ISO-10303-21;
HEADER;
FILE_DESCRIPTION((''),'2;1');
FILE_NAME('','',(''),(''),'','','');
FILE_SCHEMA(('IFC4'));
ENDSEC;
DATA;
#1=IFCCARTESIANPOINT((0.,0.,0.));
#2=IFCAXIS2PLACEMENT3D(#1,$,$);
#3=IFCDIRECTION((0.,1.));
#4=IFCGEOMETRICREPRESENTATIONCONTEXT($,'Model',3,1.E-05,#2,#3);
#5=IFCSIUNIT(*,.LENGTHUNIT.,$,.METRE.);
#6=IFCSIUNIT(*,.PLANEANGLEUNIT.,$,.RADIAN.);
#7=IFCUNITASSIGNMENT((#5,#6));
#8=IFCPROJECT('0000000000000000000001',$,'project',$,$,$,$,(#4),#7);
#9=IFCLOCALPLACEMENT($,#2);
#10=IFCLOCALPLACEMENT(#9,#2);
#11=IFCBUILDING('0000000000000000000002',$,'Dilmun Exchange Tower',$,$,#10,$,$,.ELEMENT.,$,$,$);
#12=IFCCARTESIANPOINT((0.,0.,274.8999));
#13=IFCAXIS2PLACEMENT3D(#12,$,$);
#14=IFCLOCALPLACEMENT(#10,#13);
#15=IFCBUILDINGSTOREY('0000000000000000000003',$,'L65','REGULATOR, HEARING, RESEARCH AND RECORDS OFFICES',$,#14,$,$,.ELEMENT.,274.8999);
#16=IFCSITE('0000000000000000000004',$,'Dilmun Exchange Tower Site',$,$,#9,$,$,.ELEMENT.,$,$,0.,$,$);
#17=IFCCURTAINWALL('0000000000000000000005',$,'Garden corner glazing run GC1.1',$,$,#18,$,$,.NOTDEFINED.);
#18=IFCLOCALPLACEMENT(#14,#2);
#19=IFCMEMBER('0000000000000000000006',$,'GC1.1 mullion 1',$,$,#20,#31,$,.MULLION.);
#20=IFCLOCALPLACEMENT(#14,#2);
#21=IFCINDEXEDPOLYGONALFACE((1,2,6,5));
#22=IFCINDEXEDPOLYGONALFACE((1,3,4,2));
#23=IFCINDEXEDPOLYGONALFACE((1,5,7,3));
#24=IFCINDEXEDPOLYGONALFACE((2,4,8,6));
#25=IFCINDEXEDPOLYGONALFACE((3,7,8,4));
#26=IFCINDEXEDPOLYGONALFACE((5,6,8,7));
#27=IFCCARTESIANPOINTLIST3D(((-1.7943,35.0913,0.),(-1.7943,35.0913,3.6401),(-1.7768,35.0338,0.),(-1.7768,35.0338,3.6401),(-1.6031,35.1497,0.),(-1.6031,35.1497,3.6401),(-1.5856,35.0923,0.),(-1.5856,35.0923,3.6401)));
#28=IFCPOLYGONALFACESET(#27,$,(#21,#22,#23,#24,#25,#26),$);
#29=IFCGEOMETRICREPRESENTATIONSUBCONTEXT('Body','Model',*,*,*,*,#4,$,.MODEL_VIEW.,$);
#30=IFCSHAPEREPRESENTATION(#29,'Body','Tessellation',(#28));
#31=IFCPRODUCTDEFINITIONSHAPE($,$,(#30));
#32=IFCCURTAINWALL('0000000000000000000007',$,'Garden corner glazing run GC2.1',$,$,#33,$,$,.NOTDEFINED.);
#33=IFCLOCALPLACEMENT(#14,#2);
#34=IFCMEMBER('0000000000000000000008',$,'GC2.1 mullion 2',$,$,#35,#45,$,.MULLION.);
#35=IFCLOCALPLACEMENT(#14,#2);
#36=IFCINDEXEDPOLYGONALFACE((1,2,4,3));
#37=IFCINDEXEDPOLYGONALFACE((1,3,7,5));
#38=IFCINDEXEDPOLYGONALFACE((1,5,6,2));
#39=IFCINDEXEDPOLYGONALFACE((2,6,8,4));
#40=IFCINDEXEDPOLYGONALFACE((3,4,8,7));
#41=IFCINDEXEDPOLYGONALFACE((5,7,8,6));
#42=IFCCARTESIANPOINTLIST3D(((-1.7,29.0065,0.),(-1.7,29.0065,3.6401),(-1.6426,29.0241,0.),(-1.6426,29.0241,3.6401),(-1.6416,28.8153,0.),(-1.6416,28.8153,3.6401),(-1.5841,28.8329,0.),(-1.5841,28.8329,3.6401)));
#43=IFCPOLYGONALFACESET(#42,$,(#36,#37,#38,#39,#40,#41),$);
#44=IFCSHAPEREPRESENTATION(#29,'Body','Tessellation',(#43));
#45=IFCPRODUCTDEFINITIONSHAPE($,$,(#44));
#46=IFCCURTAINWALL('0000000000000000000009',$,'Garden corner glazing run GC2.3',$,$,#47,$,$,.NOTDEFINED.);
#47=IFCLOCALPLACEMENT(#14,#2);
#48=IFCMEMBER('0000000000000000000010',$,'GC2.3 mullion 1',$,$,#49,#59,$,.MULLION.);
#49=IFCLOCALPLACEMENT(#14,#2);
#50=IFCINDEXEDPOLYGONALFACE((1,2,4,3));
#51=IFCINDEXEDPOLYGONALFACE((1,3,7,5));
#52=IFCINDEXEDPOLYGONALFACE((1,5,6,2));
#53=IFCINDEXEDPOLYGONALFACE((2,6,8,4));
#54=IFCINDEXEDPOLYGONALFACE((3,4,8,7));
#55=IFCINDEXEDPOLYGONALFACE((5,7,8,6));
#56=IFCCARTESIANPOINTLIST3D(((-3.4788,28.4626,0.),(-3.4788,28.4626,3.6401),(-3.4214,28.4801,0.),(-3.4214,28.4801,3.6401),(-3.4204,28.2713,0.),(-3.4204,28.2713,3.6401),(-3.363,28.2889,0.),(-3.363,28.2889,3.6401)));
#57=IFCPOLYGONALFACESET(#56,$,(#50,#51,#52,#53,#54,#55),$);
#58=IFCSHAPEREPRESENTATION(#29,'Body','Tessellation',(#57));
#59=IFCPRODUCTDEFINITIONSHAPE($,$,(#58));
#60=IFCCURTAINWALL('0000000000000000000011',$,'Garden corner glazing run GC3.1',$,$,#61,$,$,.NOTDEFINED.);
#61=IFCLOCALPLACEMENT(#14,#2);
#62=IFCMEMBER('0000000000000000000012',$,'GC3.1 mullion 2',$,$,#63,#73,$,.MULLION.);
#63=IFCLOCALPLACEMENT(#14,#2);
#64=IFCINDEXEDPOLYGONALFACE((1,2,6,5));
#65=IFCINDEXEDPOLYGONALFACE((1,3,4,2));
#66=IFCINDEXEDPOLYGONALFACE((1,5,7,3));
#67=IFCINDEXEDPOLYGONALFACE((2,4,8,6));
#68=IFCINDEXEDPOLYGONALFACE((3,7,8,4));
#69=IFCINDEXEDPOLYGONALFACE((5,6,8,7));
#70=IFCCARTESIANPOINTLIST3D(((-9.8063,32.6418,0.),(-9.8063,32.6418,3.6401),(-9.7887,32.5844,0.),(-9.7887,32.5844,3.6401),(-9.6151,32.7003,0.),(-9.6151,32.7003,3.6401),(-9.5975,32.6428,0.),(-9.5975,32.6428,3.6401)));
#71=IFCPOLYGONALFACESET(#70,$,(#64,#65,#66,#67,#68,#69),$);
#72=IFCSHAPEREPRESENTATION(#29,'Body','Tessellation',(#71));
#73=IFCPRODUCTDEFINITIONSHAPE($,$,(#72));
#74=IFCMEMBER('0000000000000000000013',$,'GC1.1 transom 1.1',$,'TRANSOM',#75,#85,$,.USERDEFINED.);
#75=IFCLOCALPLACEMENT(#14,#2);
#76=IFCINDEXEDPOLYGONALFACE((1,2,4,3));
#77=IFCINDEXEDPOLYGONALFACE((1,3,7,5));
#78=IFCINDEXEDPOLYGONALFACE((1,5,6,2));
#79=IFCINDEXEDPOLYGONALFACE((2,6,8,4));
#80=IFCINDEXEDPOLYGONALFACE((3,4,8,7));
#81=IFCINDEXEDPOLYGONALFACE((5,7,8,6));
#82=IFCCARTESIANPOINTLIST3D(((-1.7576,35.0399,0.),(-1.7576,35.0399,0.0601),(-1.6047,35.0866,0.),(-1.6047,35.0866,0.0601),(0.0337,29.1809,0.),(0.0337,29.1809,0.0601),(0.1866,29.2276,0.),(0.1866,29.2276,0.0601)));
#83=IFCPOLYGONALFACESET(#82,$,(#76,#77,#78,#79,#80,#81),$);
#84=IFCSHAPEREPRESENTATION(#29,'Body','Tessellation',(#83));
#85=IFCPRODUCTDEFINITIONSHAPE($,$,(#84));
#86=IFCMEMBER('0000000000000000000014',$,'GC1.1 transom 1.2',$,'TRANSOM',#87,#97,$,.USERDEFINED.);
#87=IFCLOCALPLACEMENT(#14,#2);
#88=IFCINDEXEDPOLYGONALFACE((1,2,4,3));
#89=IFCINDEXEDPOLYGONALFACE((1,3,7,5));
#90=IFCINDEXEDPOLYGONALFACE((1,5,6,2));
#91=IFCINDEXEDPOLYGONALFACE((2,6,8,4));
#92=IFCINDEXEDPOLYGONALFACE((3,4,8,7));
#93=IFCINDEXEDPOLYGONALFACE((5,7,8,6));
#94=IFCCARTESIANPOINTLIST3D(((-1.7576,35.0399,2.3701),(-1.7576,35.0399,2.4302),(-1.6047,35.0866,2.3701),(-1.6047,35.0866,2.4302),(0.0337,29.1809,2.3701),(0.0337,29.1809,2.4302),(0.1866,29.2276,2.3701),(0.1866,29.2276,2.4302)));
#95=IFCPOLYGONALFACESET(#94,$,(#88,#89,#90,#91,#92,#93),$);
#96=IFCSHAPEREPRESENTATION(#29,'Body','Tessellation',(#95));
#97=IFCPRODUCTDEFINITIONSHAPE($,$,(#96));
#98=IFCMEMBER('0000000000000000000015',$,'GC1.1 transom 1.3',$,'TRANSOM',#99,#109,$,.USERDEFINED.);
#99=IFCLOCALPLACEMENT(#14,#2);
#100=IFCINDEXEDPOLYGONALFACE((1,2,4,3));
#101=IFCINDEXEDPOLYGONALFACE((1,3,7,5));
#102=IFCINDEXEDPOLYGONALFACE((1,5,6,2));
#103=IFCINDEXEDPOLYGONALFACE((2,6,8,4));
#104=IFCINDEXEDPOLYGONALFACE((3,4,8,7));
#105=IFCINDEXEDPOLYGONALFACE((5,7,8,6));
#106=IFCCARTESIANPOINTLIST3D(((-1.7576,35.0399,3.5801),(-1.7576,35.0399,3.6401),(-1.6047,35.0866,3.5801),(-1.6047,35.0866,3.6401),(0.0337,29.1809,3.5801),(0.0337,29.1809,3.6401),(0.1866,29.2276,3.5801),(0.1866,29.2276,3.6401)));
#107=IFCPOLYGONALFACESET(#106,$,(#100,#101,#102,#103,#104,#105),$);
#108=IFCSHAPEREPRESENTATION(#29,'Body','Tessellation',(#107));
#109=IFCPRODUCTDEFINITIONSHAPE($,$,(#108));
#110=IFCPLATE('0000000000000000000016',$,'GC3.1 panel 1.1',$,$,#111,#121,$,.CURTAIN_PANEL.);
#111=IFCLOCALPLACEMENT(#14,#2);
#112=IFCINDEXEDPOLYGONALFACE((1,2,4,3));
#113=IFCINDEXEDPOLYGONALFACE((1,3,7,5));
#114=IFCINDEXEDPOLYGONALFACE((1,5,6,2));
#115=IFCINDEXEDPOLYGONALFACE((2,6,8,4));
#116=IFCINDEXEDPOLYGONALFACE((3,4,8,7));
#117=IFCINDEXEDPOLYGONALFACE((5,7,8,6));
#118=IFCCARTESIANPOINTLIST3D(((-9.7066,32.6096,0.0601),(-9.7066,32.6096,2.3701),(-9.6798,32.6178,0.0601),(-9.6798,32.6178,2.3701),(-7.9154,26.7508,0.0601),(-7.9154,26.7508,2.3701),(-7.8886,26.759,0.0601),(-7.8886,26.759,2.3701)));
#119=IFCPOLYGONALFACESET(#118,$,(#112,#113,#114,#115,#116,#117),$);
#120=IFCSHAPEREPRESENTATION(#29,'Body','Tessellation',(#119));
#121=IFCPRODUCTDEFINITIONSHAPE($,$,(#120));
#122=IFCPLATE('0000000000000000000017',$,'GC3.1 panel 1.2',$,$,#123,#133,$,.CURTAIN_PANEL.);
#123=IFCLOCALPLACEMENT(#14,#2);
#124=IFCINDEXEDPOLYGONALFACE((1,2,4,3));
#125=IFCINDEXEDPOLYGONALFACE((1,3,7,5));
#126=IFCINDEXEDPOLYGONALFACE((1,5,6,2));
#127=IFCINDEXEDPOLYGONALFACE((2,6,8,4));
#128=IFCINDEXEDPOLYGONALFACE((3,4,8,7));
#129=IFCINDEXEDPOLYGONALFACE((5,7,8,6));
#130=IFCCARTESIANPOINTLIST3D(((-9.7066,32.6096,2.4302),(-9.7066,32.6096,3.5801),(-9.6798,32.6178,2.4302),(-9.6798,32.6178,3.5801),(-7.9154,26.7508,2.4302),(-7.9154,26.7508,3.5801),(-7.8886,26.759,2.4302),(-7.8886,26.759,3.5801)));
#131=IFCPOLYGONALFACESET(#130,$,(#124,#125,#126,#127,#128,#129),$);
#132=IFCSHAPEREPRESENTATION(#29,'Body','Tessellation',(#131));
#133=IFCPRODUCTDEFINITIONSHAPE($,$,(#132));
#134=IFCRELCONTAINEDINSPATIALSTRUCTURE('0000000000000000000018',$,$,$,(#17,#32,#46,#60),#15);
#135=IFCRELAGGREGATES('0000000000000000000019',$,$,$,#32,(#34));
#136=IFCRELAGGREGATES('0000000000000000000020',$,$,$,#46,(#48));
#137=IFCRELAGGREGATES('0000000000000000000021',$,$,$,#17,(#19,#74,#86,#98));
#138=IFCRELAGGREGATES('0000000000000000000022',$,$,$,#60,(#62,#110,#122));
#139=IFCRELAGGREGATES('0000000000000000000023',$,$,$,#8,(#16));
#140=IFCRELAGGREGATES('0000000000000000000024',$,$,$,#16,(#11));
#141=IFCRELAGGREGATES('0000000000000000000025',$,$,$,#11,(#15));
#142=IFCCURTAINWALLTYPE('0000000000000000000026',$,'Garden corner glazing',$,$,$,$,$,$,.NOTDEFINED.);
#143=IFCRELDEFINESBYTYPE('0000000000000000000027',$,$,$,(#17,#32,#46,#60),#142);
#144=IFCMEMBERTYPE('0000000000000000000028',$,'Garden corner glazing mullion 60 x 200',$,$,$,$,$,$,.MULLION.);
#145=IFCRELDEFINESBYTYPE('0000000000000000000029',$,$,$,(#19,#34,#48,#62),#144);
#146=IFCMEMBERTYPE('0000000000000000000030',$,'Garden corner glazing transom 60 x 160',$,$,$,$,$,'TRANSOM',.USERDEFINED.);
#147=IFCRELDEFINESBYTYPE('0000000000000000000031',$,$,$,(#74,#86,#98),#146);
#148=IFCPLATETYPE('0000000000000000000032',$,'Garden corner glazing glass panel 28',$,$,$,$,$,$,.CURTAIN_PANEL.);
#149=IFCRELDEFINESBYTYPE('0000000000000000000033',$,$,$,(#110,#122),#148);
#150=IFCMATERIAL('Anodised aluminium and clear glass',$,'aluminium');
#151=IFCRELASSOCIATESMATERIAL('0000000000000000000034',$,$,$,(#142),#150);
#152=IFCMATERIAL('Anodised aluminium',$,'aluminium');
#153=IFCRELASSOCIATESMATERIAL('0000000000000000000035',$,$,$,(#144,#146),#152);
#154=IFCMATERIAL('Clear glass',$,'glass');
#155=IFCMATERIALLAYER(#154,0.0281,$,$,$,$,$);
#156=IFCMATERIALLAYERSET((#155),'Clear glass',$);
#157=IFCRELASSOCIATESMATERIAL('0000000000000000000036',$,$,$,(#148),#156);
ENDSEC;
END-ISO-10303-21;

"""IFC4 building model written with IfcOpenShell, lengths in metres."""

from ifc_helpers import new_model, si_unit, direction, frame, origin, origin_2d, place, context, subcontext, project, spatial, rectangle, extrude, material, layer, layer_set, material_profile, profile_set, type_object, element, aggregate, save


model = new_model("IFC4")

# Units and contexts
model_context = context("Model", 3, precision=1e-05, world=origin(), true_north=direction((0.0, 1.0)))
body_context = subcontext(model_context, "Body", "Model", "MODEL_VIEW")
ifc_project = project(units=[si_unit("LENGTHUNIT", "METRE"), si_unit("PLANEANGLEUNIT", "RADIAN")], contexts=[model_context])

# Site, building, storey
site_placement = place(None, origin())
site = spatial("IfcSite", under=ifc_project, at=site_placement, Name="Dilmun Exchange Tower Site", CompositionType="ELEMENT", RefElevation=0.0)
building_placement = place(site_placement, origin())
building = spatial("IfcBuilding", under=site, at=building_placement, Name="Dilmun Exchange Tower", CompositionType="ELEMENT")
storey_placement = place(building_placement, frame((0.0, 0.0, 274.8999)))
storey = spatial("IfcBuildingStorey", under=building, at=storey_placement, Name="L65", Description="REGULATOR, HEARING, RESEARCH AND RECORDS OFFICES", CompositionType="ELEMENT", Elevation=274.8999)

# Curtain walls, members
ifc_material_1 = material(Name="Anodised aluminium and clear glass", Category="aluminium")
curtain_wall_type = type_object("IfcCurtainWallType", Name="Garden corner glazing", PredefinedType="NOTDEFINED", material=ifc_material_1)
curtain_wall_1_placement = place(storey_placement, origin())
curtain_wall_1 = element("IfcCurtainWall", 1, at=curtain_wall_1_placement, inside=storey, type_object=curtain_wall_type, Name="Garden corner glazing run GC1.1", PredefinedType="NOTDEFINED")
ifc_material_2 = material(Name="Anodised aluminium", Category="aluminium")
ifc_material_profile_1 = material_profile(ifc_material_2, rectangle(XDim=0.2, YDim=0.0601, at=origin_2d()), Name="AL 60x200")
ifc_profile_set_1 = profile_set([ifc_material_profile_1], Name="Anodised aluminium")
member_type_1 = type_object("IfcMemberType", Name="Garden corner glazing mullion 60 x 200", PredefinedType="MULLION", material=ifc_profile_set_1)
member_1_placement = place(storey_placement, frame((-1.6899, 35.0918, 0.0), z_axis=(0.0, 0.0, 1.0), x_axis=(0.956304, 0.292374, 0.0)))
member_1 = element("IfcMember", 2, at=member_1_placement, type_object=member_type_1, Name="GC1.1 mullion 1", PredefinedType="MULLION", context=body_context, shape_type="SweptSolid", body=[
    extrude(rectangle(XDim=0.2, YDim=0.0601, at=origin_2d()), origin(), (0.0, 0.0, 1.0), 3.6401),
])
curtain_wall_2_placement = place(storey_placement, origin())
curtain_wall_2 = element("IfcCurtainWall", 3, at=curtain_wall_2_placement, inside=storey, type_object=curtain_wall_type, Name="Garden corner glazing run GC2.1", PredefinedType="NOTDEFINED")
member_2_placement = place(storey_placement, frame((-1.6421, 28.9197, 0.0), z_axis=(0.0, 0.0, 1.0), x_axis=(0.292396, -0.956297, 0.0)))
member_2 = element("IfcMember", 4, at=member_2_placement, type_object=member_type_1, Name="GC2.1 mullion 2", PredefinedType="MULLION", context=body_context, shape_type="SweptSolid", body=[
    extrude(rectangle(XDim=0.2, YDim=0.0601, at=origin_2d()), origin(), (0.0, 0.0, 1.0), 3.6401),
])
aggregate(curtain_wall_2, [member_2])
curtain_wall_3_placement = place(storey_placement, origin())
curtain_wall_3 = element("IfcCurtainWall", 5, at=curtain_wall_3_placement, inside=storey, type_object=curtain_wall_type, Name="Garden corner glazing run GC2.3", PredefinedType="NOTDEFINED")
member_3_placement = place(storey_placement, frame((-3.4209, 28.3757, 0.0), z_axis=(0.0, 0.0, 1.0), x_axis=(0.292378, -0.956303, 0.0)))
member_3 = element("IfcMember", 6, at=member_3_placement, type_object=member_type_1, Name="GC2.3 mullion 1", PredefinedType="MULLION", context=body_context, shape_type="SweptSolid", body=[
    extrude(rectangle(XDim=0.2, YDim=0.0601, at=origin_2d()), origin(), (0.0, 0.0, 1.0), 3.6401),
])
aggregate(curtain_wall_3, [member_3])
curtain_wall_4_placement = place(storey_placement, origin())
curtain_wall_4 = element("IfcCurtainWall", 7, at=curtain_wall_4_placement, inside=storey, type_object=curtain_wall_type, Name="Garden corner glazing run GC3.1", PredefinedType="NOTDEFINED")
member_4_placement = place(storey_placement, frame((-9.7019, 32.6423, 0.0), z_axis=(0.0, 0.0, 1.0), x_axis=(-0.956304, -0.292374, 0.0)))
member_4 = element("IfcMember", 8, at=member_4_placement, type_object=member_type_1, Name="GC3.1 mullion 2", PredefinedType="MULLION", context=body_context, shape_type="SweptSolid", body=[
    extrude(rectangle(XDim=0.2, YDim=0.0601, at=origin_2d()), origin(), (0.0, 0.0, 1.0), 3.6401),
])

# Members
ifc_material_profile_2 = material_profile(ifc_material_2, rectangle(XDim=0.1599, YDim=0.0601, at=origin_2d()), Name="AL 60x160")
ifc_profile_set_2 = profile_set([ifc_material_profile_2], Name="Anodised aluminium")
member_type_2 = type_object("IfcMemberType", Name="Garden corner glazing transom 60 x 160", ElementType="TRANSOM", PredefinedType="USERDEFINED", material=ifc_profile_set_2)
member_5_placement = place(storey_placement, frame((-1.6812, 35.0632, 0.03), z_axis=(0.292374, -0.956304, 0.0), x_axis=(0.956304, 0.292374, 0.0)))
member_5 = element("IfcMember", 9, at=member_5_placement, type_object=member_type_2, Name="GC1.1 transom 1.1", ObjectType="TRANSOM", PredefinedType="USERDEFINED", context=body_context, shape_type="SweptSolid", body=[
    extrude(rectangle(XDim=0.1599, YDim=0.0601, at=origin_2d()), origin(), (0.0, 0.0, 1.0), 6.1267),
])
member_6_placement = place(storey_placement, frame((-1.6812, 35.0632, 2.4001), z_axis=(0.292374, -0.956304, 0.0), x_axis=(0.956304, 0.292374, 0.0)))
member_6 = element("IfcMember", 10, at=member_6_placement, type_object=member_type_2, Name="GC1.1 transom 1.2", ObjectType="TRANSOM", PredefinedType="USERDEFINED", context=body_context, shape_type="SweptSolid", body=[
    extrude(rectangle(XDim=0.1599, YDim=0.0601, at=origin_2d()), origin(), (0.0, 0.0, 1.0), 6.1267),
])
member_7_placement = place(storey_placement, frame((-1.6812, 35.0632, 3.6101), z_axis=(0.292374, -0.956304, 0.0), x_axis=(0.956304, 0.292374, 0.0)))
member_7 = element("IfcMember", 11, at=member_7_placement, type_object=member_type_2, Name="GC1.1 transom 1.3", ObjectType="TRANSOM", PredefinedType="USERDEFINED", context=body_context, shape_type="SweptSolid", body=[
    extrude(rectangle(XDim=0.1599, YDim=0.0601, at=origin_2d()), origin(), (0.0, 0.0, 1.0), 6.1267),
])
aggregate(curtain_wall_1, [member_1, member_5, member_6, member_7])

# Plates
ifc_material_3 = material(Name="Clear glass", Category="glass")
ifc_layer_1 = layer(ifc_material_3, 0.0281)
ifc_layer_set_1 = layer_set([ifc_layer_1], Name="Clear glass")
plate_type = type_object("IfcPlateType", Name="Garden corner glazing glass panel 28", PredefinedType="CURTAIN_PANEL", material=ifc_layer_set_1)
plate_1_placement = place(storey_placement, frame((-8.7976, 29.6843, 0.0601), z_axis=(0.0, 0.0, 1.0), x_axis=(-0.292374, 0.956304, 0.0)))
plate_1 = element("IfcPlate", 12, at=plate_1_placement, type_object=plate_type, Name="GC3.1 panel 1.1", PredefinedType="CURTAIN_PANEL", context=body_context, shape_type="SweptSolid", body=[
    extrude(rectangle(XDim=6.1265, YDim=0.0281, at=origin_2d()), origin(), (0.0, 0.0, 1.0), 2.3101),
])
plate_2_placement = place(storey_placement, frame((-8.7976, 29.6843, 2.4302), z_axis=(0.0, 0.0, 1.0), x_axis=(-0.292374, 0.956304, 0.0)))
plate_2 = element("IfcPlate", 13, at=plate_2_placement, type_object=plate_type, Name="GC3.1 panel 1.2", PredefinedType="CURTAIN_PANEL", context=body_context, shape_type="SweptSolid", body=[
    extrude(rectangle(XDim=6.1265, YDim=0.0281, at=origin_2d()), origin(), (0.0, 0.0, 1.0), 1.1499),
])
aggregate(curtain_wall_4, [member_4, plate_1, plate_2])

save(model, "model.ifc")
